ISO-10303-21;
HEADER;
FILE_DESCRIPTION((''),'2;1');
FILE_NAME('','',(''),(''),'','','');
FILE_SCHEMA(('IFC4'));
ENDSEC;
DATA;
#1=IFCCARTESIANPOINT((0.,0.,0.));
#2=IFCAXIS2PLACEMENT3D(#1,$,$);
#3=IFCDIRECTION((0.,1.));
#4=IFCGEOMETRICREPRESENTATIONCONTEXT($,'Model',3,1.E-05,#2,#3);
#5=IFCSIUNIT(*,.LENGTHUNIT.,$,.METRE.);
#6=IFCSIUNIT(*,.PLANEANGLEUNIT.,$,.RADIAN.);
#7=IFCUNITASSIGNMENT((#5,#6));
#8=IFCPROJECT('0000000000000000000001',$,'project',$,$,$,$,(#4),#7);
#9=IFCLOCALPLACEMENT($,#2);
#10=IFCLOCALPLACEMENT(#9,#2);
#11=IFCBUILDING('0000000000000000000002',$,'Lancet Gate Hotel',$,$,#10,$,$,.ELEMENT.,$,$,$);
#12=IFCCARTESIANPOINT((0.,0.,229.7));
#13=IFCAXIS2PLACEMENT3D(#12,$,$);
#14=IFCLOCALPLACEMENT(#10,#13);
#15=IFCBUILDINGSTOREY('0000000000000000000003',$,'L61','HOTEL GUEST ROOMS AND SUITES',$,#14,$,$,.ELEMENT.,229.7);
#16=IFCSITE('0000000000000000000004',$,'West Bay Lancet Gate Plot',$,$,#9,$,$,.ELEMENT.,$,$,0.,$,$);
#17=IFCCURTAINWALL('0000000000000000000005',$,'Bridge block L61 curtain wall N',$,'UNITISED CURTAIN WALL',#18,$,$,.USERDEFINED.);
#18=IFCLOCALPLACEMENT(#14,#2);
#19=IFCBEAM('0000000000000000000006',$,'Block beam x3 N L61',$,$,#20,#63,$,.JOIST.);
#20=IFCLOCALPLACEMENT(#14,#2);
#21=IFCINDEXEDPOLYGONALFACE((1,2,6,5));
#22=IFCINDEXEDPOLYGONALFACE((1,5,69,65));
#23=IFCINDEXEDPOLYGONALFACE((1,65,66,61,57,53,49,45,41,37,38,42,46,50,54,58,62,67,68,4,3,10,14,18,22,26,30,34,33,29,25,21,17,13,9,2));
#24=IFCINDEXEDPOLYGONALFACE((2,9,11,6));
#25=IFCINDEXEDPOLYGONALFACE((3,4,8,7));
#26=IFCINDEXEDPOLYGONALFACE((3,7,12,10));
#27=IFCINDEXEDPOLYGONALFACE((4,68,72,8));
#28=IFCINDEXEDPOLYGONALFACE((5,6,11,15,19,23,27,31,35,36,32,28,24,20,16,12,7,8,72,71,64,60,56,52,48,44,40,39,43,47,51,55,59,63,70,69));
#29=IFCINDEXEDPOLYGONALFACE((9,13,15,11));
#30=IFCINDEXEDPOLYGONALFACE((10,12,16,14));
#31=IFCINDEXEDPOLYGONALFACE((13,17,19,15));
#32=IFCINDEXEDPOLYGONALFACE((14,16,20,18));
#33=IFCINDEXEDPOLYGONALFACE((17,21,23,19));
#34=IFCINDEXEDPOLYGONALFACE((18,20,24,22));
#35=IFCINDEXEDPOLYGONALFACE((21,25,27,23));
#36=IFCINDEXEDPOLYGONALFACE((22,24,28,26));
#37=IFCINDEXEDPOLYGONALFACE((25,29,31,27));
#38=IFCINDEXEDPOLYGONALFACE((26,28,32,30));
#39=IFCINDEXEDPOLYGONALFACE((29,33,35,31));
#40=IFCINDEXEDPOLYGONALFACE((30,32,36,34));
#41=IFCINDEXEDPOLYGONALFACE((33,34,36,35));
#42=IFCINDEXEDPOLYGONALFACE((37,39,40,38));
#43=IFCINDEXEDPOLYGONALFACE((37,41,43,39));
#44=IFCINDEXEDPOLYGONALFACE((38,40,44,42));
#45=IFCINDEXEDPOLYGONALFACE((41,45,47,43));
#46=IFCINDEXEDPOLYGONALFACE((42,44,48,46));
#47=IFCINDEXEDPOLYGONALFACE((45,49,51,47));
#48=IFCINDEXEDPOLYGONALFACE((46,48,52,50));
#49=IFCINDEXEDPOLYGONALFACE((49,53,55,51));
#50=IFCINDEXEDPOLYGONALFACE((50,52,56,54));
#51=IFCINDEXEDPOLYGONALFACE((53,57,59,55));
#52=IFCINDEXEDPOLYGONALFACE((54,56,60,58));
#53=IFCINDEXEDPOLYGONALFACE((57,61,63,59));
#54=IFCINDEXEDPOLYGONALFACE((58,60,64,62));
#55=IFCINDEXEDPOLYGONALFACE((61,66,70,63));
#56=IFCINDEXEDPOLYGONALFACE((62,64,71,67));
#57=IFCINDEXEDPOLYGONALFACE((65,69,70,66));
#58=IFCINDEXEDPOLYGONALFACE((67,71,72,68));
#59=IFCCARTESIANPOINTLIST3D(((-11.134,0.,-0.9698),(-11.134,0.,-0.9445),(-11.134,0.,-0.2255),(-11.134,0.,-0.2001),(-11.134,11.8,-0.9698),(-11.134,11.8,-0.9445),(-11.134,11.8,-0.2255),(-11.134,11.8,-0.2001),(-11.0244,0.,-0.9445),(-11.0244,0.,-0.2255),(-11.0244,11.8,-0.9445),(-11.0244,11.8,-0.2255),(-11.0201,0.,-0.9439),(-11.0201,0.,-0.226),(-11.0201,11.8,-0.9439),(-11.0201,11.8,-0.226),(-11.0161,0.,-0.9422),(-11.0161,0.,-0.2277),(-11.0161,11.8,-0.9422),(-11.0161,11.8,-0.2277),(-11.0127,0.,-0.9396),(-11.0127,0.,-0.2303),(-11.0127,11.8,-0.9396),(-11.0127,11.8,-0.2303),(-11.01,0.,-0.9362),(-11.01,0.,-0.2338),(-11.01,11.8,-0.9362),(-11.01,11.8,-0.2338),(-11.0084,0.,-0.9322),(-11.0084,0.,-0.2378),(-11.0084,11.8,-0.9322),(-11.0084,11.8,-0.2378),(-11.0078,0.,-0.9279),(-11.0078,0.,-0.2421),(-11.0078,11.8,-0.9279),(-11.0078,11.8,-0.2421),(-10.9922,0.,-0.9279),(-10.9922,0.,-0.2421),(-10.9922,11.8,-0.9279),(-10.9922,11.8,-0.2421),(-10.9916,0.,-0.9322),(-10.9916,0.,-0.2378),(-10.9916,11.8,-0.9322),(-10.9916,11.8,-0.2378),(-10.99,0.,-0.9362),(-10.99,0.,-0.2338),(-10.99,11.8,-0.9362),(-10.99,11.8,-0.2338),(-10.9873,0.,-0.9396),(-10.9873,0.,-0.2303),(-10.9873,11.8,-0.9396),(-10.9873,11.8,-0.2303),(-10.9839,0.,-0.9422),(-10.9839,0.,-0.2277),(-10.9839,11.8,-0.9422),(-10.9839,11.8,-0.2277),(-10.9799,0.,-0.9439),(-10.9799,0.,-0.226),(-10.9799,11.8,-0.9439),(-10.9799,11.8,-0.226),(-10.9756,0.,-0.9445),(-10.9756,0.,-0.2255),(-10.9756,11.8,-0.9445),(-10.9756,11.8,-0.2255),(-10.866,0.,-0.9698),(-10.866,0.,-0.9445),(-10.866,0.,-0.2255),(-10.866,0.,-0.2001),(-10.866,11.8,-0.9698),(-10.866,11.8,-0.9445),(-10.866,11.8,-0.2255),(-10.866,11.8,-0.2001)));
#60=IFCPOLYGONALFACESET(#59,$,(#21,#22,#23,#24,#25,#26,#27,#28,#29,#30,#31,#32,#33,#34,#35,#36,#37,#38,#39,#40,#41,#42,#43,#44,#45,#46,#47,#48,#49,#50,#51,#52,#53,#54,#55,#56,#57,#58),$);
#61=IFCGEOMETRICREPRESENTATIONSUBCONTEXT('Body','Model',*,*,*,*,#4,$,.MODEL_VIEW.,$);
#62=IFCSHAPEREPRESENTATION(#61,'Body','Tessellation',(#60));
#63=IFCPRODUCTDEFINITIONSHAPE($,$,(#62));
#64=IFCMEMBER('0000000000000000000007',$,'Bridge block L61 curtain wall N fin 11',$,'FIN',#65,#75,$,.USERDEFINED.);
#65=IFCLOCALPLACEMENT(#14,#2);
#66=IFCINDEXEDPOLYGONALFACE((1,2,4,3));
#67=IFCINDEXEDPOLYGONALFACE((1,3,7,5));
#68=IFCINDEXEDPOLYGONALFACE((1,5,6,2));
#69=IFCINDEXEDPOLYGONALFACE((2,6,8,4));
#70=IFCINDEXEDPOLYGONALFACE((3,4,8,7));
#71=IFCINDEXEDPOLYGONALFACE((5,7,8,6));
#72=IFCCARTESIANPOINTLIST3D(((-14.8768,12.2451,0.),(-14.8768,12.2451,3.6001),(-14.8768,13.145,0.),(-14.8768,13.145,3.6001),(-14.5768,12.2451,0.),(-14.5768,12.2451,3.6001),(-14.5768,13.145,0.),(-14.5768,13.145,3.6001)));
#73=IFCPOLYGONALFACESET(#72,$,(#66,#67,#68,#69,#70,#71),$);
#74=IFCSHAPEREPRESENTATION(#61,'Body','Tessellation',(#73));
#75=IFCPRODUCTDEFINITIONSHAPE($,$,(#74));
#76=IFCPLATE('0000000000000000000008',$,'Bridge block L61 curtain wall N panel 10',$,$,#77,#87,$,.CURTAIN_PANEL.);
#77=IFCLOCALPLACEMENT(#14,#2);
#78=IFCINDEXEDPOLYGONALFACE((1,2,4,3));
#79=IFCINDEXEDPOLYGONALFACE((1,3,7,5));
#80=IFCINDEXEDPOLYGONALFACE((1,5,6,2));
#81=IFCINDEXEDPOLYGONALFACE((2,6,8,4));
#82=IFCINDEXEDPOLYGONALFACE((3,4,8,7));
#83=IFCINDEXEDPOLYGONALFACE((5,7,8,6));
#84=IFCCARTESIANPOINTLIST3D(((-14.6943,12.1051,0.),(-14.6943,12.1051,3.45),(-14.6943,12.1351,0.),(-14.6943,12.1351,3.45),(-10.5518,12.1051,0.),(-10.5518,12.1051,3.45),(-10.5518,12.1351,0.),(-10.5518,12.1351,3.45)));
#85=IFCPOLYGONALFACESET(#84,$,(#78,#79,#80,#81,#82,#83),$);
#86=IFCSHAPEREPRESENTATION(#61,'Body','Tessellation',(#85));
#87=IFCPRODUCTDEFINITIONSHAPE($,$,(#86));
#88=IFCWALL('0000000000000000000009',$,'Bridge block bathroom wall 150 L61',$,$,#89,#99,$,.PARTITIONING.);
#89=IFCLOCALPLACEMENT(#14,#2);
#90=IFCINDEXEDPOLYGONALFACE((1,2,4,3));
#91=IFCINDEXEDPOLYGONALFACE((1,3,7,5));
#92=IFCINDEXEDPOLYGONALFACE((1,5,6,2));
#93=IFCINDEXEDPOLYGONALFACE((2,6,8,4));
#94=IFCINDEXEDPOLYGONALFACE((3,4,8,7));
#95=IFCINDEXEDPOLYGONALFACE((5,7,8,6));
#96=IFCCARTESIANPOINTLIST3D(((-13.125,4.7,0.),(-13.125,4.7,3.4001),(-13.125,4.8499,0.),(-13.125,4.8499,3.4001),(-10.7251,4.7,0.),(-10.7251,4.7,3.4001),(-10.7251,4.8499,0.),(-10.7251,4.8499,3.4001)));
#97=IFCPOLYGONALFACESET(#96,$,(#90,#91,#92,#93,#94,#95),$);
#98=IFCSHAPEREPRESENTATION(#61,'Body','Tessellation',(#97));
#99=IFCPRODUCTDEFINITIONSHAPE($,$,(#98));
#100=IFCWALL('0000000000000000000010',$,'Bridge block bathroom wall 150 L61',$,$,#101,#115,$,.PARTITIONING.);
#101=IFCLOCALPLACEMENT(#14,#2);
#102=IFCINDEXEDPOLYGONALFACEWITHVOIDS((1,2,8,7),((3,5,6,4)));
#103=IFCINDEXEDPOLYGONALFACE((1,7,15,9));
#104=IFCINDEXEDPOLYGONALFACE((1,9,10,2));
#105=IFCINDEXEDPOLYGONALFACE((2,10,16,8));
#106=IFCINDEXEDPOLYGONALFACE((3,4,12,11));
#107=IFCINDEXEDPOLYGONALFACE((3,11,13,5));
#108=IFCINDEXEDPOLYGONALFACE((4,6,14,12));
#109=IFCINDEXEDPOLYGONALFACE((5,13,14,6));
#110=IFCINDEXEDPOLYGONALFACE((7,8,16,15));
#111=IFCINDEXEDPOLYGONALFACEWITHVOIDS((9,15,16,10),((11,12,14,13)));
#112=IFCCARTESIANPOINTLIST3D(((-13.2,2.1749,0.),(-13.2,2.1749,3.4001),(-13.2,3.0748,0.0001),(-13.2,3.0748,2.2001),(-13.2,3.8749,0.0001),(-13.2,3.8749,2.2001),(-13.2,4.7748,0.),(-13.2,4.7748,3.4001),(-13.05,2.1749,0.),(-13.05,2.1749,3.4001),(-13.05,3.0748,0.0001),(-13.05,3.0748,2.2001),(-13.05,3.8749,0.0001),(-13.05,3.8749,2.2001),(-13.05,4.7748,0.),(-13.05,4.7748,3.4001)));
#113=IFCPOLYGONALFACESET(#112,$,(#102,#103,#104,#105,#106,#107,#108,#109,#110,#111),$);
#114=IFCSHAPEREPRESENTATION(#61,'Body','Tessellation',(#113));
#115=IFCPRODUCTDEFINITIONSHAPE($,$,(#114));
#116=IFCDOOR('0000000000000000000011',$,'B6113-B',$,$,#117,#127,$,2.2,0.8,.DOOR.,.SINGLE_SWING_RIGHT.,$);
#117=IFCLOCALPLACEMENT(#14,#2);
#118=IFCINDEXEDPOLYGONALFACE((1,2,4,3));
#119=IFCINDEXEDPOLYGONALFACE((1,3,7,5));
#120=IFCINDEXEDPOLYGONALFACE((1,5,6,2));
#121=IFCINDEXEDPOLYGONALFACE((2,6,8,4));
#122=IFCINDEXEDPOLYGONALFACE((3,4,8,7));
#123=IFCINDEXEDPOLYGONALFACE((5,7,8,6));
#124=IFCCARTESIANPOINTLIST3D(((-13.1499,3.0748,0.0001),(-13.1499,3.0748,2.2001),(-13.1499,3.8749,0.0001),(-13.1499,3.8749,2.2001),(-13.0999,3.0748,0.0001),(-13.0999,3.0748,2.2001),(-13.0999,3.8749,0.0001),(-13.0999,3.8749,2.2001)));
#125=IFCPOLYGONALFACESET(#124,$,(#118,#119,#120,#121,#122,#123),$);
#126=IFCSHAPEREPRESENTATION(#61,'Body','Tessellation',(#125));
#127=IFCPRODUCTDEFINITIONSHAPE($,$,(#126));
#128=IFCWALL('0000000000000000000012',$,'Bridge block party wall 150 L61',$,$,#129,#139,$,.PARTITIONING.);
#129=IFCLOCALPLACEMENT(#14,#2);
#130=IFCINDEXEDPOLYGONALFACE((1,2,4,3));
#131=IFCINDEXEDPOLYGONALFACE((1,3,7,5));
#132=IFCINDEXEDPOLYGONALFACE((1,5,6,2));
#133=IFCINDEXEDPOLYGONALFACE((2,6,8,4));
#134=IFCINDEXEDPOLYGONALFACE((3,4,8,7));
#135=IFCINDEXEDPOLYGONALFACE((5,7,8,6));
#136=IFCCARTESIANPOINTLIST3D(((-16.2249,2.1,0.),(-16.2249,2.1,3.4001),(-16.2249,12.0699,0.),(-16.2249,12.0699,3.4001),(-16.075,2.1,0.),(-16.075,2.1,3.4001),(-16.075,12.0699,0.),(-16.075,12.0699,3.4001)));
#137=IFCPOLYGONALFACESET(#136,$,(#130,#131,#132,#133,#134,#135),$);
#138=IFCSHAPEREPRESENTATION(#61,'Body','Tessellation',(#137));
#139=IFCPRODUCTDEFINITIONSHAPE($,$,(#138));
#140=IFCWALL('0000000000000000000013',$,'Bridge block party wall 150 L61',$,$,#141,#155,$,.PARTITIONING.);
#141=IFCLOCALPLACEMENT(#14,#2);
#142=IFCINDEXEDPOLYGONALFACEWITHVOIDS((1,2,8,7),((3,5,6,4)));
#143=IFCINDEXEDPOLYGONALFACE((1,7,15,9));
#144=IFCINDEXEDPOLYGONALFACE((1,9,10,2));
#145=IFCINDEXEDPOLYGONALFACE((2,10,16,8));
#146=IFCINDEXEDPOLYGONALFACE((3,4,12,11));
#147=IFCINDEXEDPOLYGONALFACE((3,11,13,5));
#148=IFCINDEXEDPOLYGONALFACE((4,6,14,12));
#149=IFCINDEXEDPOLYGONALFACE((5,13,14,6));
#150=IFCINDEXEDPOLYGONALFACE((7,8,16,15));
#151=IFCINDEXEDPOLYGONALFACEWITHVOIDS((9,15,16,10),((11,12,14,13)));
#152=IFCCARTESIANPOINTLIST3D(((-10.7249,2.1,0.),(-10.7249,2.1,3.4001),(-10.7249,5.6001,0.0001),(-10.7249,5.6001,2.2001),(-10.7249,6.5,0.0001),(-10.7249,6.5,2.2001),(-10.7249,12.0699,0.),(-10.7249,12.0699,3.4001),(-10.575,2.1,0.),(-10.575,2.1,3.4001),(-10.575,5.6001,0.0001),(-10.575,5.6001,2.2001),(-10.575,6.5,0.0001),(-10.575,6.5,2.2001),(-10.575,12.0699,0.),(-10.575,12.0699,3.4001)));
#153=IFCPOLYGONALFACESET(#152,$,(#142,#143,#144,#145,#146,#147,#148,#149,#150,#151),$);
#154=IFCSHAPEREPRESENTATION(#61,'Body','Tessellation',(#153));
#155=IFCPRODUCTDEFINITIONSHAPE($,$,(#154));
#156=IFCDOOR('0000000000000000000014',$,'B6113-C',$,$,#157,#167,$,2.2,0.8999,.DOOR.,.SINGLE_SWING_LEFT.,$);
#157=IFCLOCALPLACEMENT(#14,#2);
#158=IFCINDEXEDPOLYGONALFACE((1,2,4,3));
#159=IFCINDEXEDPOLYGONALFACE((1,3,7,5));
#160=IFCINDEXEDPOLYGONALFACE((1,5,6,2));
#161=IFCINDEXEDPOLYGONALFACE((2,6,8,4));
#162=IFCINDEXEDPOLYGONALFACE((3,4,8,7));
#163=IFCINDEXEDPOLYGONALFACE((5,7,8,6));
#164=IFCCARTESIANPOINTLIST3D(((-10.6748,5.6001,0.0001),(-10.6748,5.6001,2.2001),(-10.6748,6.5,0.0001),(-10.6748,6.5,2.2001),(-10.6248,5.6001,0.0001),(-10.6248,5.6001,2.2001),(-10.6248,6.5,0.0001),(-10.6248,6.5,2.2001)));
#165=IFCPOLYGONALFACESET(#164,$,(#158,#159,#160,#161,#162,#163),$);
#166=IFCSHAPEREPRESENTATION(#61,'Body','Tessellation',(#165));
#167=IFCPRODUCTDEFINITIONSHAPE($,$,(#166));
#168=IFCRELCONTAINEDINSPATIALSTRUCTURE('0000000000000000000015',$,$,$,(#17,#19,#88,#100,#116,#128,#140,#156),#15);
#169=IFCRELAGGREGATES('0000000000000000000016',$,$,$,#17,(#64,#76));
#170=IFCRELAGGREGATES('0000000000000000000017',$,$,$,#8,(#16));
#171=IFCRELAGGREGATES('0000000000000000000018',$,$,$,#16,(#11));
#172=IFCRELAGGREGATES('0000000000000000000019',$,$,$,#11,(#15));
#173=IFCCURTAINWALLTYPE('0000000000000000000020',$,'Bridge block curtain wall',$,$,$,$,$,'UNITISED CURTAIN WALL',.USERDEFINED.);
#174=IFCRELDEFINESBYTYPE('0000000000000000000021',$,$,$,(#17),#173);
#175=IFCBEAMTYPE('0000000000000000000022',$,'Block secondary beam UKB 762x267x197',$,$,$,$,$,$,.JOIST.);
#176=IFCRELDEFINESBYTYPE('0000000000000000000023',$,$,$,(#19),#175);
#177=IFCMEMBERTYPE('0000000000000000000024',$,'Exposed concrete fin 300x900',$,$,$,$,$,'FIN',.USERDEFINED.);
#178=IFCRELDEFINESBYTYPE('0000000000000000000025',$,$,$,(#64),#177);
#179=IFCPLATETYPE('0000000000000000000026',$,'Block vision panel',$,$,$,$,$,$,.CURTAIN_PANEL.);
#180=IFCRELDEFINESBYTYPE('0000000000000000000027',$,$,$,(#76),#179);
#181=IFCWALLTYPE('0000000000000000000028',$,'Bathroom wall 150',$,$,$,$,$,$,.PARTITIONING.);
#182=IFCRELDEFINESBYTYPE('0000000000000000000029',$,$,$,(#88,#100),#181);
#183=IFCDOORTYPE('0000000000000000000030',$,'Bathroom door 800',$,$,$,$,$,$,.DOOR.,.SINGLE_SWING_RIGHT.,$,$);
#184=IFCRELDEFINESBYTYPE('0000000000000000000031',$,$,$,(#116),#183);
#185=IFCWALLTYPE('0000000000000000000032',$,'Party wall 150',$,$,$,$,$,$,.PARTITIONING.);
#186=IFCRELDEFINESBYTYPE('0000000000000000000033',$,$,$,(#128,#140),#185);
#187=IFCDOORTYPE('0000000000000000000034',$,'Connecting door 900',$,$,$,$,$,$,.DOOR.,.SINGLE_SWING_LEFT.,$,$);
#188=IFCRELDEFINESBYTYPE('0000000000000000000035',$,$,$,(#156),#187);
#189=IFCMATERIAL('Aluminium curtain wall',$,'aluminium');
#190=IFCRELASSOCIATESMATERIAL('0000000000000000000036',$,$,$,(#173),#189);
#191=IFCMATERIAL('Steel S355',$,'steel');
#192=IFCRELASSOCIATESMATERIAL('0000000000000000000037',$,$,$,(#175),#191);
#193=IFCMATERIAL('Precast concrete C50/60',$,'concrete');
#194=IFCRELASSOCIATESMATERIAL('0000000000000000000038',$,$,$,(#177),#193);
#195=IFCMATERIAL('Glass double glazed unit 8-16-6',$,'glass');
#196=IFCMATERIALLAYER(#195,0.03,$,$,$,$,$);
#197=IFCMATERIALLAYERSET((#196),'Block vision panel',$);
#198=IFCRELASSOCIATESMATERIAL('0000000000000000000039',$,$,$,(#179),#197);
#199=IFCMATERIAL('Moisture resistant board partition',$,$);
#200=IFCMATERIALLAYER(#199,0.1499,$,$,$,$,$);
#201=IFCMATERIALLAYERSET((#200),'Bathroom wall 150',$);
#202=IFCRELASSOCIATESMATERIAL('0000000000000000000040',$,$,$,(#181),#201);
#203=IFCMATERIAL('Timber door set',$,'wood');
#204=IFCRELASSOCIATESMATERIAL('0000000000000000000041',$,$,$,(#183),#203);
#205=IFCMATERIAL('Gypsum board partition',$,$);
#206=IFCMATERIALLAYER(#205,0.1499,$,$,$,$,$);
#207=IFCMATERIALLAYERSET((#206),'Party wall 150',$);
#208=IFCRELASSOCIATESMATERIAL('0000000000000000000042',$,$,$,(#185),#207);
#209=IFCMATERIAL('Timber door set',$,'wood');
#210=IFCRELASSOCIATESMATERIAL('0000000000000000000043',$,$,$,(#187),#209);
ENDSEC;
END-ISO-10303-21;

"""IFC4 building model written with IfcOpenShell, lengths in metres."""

from ifc_helpers import new_model, si_unit, direction, frame, frame_2d, origin, origin_2d, place, context, subcontext, project, spatial, rectangle, i_section, extrude, material, layer, layer_set, material_profile, profile_set, type_object, element, fill, aggregate, save


model = new_model("IFC4")

# Units and contexts
model_context = context("Model", 3, precision=1e-05, world=origin(), true_north=direction((0.0, 1.0)))
body_context = subcontext(model_context, "Body", "Model", "MODEL_VIEW")
ifc_project = project(units=[si_unit("LENGTHUNIT", "METRE"), si_unit("PLANEANGLEUNIT", "RADIAN")], contexts=[model_context])

# Site, building, storey
site_placement = place(None, origin())
site = spatial("IfcSite", under=ifc_project, at=site_placement, Name="West Bay Lancet Gate Plot", CompositionType="ELEMENT", RefElevation=0.0)
building_placement = place(site_placement, origin())
building = spatial("IfcBuilding", under=site, at=building_placement, Name="Lancet Gate Hotel", CompositionType="ELEMENT")
storey_placement = place(building_placement, frame((0.0, 0.0, 229.7)))
storey = spatial("IfcBuildingStorey", under=building, at=storey_placement, Name="L61", Description="HOTEL GUEST ROOMS AND SUITES", CompositionType="ELEMENT", Elevation=229.7)

# Curtain wall
ifc_material_1 = material(Name="Aluminium curtain wall", Category="aluminium")
curtain_wall_type = type_object("IfcCurtainWallType", Name="Bridge block curtain wall", ElementType="UNITISED CURTAIN WALL", PredefinedType="USERDEFINED", material=ifc_material_1)
curtain_wall_placement = place(storey_placement, origin())
curtain_wall = element("IfcCurtainWall", 1, at=curtain_wall_placement, inside=storey, type_object=curtain_wall_type, Name="Bridge block L61 curtain wall N", ObjectType="UNITISED CURTAIN WALL", PredefinedType="USERDEFINED")

# Beam
ifc_material_2 = material(Name="Steel S355", Category="steel")
ifc_material_profile_1 = material_profile(ifc_material_2, i_section(OverallWidth=0.2681, OverallDepth=0.7698, WebThickness=0.0156, FlangeThickness=0.0254, FilletRadius=0.0166, at=origin_2d()), Name="UKB 762x267x197")
ifc_profile_set_1 = profile_set([ifc_material_profile_1], Name="Steel S355")
beam_type_1 = type_object("IfcBeamType", Name="Block secondary beam UKB 762x267x197", PredefinedType="JOIST", material=ifc_profile_set_1)
beam_placement = place(storey_placement, frame((-11.0, 0.0, -0.585), z_axis=(0.0, 1.0, 0.0), x_axis=(-1.0, 0.0, 0.0)))
element("IfcBeam", 2, at=beam_placement, inside=storey, type_object=beam_type_1, Name="Block beam x3 N L61", PredefinedType="JOIST", context=body_context, shape_type="SweptSolid", body=[
    extrude(i_section(OverallWidth=0.2681, OverallDepth=0.7698, WebThickness=0.0156, FlangeThickness=0.0254, FilletRadius=0.0166, at=origin_2d()), origin(), (0.0, 0.0, 1.0), 11.8),
])

# Member
ifc_material_3 = material(Name="Precast concrete C50/60", Category="concrete")
ifc_material_profile_2 = material_profile(ifc_material_3, rectangle(XDim=0.3, YDim=0.8999, at=origin_2d()), Name="FIN 300x900")
ifc_profile_set_2 = profile_set([ifc_material_profile_2], Name="Precast concrete C50/60")
member_type_1 = type_object("IfcMemberType", Name="Exposed concrete fin 300x900", ElementType="FIN", PredefinedType="USERDEFINED", material=ifc_profile_set_2)
member_1_placement = place(storey_placement, frame((-14.7268, 12.6951, 0.0), z_axis=(0.0, 0.0, 1.0), x_axis=(-1.0, 0.0, 0.0)))
member_1 = element("IfcMember", 3, at=member_1_placement, type_object=member_type_1, Name="Bridge block L61 curtain wall N fin 11", ObjectType="FIN", PredefinedType="USERDEFINED", context=body_context, shape_type="SweptSolid", body=[
    extrude(rectangle(XDim=0.3, YDim=0.8999, at=origin_2d()), origin(), (0.0, 0.0, 1.0), 3.6001),
])

# Plate
ifc_material_4 = material(Name="Glass double glazed unit 8-16-6", Category="glass")
ifc_layer_1 = layer(ifc_material_4, 0.03)
ifc_layer_set_1 = layer_set([ifc_layer_1], Name="Block vision panel")
plate_type = type_object("IfcPlateType", Name="Block vision panel", PredefinedType="CURTAIN_PANEL", material=ifc_layer_set_1)
plate_placement = place(storey_placement, frame((-12.623, 12.1201, 0.0), z_axis=(0.0, 0.0, 1.0), x_axis=(-1.0, 0.0, 0.0)))
plate = element("IfcPlate", 4, at=plate_placement, type_object=plate_type, Name="Bridge block L61 curtain wall N panel 10", PredefinedType="CURTAIN_PANEL", context=body_context, shape_type="SweptSolid", body=[
    extrude(rectangle(XDim=4.1426, YDim=0.03, at=origin_2d()), origin(), (0.0, 0.0, 1.0), 3.45),
])
aggregate(curtain_wall, [member_1, plate])

# Wall
ifc_material_5 = material(Name="Moisture resistant board partition")
ifc_layer_2 = layer(ifc_material_5, 0.1499)
ifc_layer_set_2 = layer_set([ifc_layer_2], Name="Bathroom wall 150")
wall_type_1 = type_object("IfcWallType", Name="Bathroom wall 150", PredefinedType="PARTITIONING", material=ifc_layer_set_2)
wall_1_placement = place(storey_placement, frame((-13.125, 4.7749, 0.0), z_axis=(0.0, 0.0, 1.0), x_axis=(1.0, 0.0, 0.0)))
element("IfcWall", 5, at=wall_1_placement, inside=storey, type_object=wall_type_1, Name="Bridge block bathroom wall 150 L61", PredefinedType="PARTITIONING", context=body_context, shape_type="SweptSolid", body=[
    extrude(rectangle(XDim=2.3999, YDim=0.1499, at=frame_2d((1.2, 0.0))), origin(), (0.0, 0.0, 1.0), 3.4001),
])

# Wall, opening, door
wall_2_placement = place(storey_placement, frame((-13.125, 2.175, 0.0), z_axis=(0.0, 0.0, 1.0), x_axis=(0.0, 1.0, 0.0)))
wall_2 = element("IfcWall", 6, at=wall_2_placement, inside=storey, type_object=wall_type_1, Name="Bridge block bathroom wall 150 L61", PredefinedType="PARTITIONING", context=body_context, shape_type="SweptSolid", body=[
    extrude(rectangle(XDim=2.5999, YDim=0.1499, at=frame_2d((1.2998, 0.0))), origin(), (0.0, 0.0, 1.0), 3.4001),
])
opening_1_placement = place(wall_2_placement, frame((0.8999, 0.0, 0.0)))
opening_1 = element("IfcOpeningElement", 7, at=opening_1_placement, cuts=wall_2, PredefinedType="OPENING", context=body_context, shape_type="SweptSolid", body=[
    extrude(rectangle(XDim=0.8, YDim=2.2, at=frame_2d((0.3999, 1.1001))), frame((0.0, 0.085, 0.0), z_axis=(0.0, -1.0, 0.0), x_axis=(1.0, 0.0, 0.0)), (0.0, 0.0, 1.0), 0.1699),
])
ifc_material_6 = material(Name="Timber door set", Category="wood")
door_type_1 = type_object("IfcDoorType", Name="Bathroom door 800", OperationType="SINGLE_SWING_RIGHT", PredefinedType="DOOR", material=ifc_material_6)
door_1_placement = place(opening_1_placement, origin())
door_1 = element("IfcDoor", 8, at=door_1_placement, inside=storey, type_object=door_type_1, Name="B6113-B", OperationType="SINGLE_SWING_RIGHT", OverallHeight=2.2, OverallWidth=0.8, PredefinedType="DOOR", context=body_context, shape_type="SweptSolid", body=[
    extrude(rectangle(XDim=0.8, YDim=2.2, at=frame_2d((0.3999, 1.1001))), frame((0.0, 0.0249, 0.0), z_axis=(0.0, -1.0, 0.0), x_axis=(1.0, 0.0, 0.0)), (0.0, 0.0, 1.0), 0.05),
])
fill(opening_1, door_1)

# Wall
ifc_material_7 = material(Name="Gypsum board partition")
ifc_layer_3 = layer(ifc_material_7, 0.1499)
ifc_layer_set_3 = layer_set([ifc_layer_3], Name="Party wall 150")
wall_type_2 = type_object("IfcWallType", Name="Party wall 150", PredefinedType="PARTITIONING", material=ifc_layer_set_3)
wall_3_placement = place(storey_placement, frame((-16.1499, 2.1001, 0.0), z_axis=(0.0, 0.0, 1.0), x_axis=(0.0, 1.0, 0.0)))
element("IfcWall", 9, at=wall_3_placement, inside=storey, type_object=wall_type_2, Name="Bridge block party wall 150 L61", PredefinedType="PARTITIONING", context=body_context, shape_type="SweptSolid", body=[
    extrude(rectangle(XDim=9.97, YDim=0.1499, at=frame_2d((4.9849, 0.0))), origin(), (0.0, 0.0, 1.0), 3.4001),
])

# Wall, opening, door
wall_4_placement = place(storey_placement, frame((-10.6499, 2.1001, 0.0), z_axis=(0.0, 0.0, 1.0), x_axis=(0.0, 1.0, 0.0)))
wall_4 = element("IfcWall", 10, at=wall_4_placement, inside=storey, type_object=wall_type_2, Name="Bridge block party wall 150 L61", PredefinedType="PARTITIONING", context=body_context, shape_type="SweptSolid", body=[
    extrude(rectangle(XDim=9.97, YDim=0.1499, at=frame_2d((4.9849, 0.0))), origin(), (0.0, 0.0, 1.0), 3.4001),
])
opening_2_placement = place(wall_4_placement, frame((3.5, 0.0, 0.0)))
opening_2 = element("IfcOpeningElement", 11, at=opening_2_placement, cuts=wall_4, PredefinedType="OPENING", context=body_context, shape_type="SweptSolid", body=[
    extrude(rectangle(XDim=0.8999, YDim=2.2, at=frame_2d((0.45, 1.1001))), frame((0.0, 0.085, 0.0), z_axis=(0.0, -1.0, 0.0), x_axis=(1.0, 0.0, 0.0)), (0.0, 0.0, 1.0), 0.1699),
])
ifc_material_8 = material(Name="Timber door set", Category="wood")
door_type_2 = type_object("IfcDoorType", Name="Connecting door 900", OperationType="SINGLE_SWING_LEFT", PredefinedType="DOOR", material=ifc_material_8)
door_2_placement = place(opening_2_placement, origin())
door_2 = element("IfcDoor", 12, at=door_2_placement, inside=storey, type_object=door_type_2, Name="B6113-C", OperationType="SINGLE_SWING_LEFT", OverallHeight=2.2, OverallWidth=0.8999, PredefinedType="DOOR", context=body_context, shape_type="SweptSolid", body=[
    extrude(rectangle(XDim=0.8999, YDim=2.2, at=frame_2d((0.45, 1.1001))), frame((0.0, 0.0249, 0.0), z_axis=(0.0, -1.0, 0.0), x_axis=(1.0, 0.0, 0.0)), (0.0, 0.0, 1.0), 0.05),
])
fill(opening_2, door_2)

save(model, "model.ifc")
